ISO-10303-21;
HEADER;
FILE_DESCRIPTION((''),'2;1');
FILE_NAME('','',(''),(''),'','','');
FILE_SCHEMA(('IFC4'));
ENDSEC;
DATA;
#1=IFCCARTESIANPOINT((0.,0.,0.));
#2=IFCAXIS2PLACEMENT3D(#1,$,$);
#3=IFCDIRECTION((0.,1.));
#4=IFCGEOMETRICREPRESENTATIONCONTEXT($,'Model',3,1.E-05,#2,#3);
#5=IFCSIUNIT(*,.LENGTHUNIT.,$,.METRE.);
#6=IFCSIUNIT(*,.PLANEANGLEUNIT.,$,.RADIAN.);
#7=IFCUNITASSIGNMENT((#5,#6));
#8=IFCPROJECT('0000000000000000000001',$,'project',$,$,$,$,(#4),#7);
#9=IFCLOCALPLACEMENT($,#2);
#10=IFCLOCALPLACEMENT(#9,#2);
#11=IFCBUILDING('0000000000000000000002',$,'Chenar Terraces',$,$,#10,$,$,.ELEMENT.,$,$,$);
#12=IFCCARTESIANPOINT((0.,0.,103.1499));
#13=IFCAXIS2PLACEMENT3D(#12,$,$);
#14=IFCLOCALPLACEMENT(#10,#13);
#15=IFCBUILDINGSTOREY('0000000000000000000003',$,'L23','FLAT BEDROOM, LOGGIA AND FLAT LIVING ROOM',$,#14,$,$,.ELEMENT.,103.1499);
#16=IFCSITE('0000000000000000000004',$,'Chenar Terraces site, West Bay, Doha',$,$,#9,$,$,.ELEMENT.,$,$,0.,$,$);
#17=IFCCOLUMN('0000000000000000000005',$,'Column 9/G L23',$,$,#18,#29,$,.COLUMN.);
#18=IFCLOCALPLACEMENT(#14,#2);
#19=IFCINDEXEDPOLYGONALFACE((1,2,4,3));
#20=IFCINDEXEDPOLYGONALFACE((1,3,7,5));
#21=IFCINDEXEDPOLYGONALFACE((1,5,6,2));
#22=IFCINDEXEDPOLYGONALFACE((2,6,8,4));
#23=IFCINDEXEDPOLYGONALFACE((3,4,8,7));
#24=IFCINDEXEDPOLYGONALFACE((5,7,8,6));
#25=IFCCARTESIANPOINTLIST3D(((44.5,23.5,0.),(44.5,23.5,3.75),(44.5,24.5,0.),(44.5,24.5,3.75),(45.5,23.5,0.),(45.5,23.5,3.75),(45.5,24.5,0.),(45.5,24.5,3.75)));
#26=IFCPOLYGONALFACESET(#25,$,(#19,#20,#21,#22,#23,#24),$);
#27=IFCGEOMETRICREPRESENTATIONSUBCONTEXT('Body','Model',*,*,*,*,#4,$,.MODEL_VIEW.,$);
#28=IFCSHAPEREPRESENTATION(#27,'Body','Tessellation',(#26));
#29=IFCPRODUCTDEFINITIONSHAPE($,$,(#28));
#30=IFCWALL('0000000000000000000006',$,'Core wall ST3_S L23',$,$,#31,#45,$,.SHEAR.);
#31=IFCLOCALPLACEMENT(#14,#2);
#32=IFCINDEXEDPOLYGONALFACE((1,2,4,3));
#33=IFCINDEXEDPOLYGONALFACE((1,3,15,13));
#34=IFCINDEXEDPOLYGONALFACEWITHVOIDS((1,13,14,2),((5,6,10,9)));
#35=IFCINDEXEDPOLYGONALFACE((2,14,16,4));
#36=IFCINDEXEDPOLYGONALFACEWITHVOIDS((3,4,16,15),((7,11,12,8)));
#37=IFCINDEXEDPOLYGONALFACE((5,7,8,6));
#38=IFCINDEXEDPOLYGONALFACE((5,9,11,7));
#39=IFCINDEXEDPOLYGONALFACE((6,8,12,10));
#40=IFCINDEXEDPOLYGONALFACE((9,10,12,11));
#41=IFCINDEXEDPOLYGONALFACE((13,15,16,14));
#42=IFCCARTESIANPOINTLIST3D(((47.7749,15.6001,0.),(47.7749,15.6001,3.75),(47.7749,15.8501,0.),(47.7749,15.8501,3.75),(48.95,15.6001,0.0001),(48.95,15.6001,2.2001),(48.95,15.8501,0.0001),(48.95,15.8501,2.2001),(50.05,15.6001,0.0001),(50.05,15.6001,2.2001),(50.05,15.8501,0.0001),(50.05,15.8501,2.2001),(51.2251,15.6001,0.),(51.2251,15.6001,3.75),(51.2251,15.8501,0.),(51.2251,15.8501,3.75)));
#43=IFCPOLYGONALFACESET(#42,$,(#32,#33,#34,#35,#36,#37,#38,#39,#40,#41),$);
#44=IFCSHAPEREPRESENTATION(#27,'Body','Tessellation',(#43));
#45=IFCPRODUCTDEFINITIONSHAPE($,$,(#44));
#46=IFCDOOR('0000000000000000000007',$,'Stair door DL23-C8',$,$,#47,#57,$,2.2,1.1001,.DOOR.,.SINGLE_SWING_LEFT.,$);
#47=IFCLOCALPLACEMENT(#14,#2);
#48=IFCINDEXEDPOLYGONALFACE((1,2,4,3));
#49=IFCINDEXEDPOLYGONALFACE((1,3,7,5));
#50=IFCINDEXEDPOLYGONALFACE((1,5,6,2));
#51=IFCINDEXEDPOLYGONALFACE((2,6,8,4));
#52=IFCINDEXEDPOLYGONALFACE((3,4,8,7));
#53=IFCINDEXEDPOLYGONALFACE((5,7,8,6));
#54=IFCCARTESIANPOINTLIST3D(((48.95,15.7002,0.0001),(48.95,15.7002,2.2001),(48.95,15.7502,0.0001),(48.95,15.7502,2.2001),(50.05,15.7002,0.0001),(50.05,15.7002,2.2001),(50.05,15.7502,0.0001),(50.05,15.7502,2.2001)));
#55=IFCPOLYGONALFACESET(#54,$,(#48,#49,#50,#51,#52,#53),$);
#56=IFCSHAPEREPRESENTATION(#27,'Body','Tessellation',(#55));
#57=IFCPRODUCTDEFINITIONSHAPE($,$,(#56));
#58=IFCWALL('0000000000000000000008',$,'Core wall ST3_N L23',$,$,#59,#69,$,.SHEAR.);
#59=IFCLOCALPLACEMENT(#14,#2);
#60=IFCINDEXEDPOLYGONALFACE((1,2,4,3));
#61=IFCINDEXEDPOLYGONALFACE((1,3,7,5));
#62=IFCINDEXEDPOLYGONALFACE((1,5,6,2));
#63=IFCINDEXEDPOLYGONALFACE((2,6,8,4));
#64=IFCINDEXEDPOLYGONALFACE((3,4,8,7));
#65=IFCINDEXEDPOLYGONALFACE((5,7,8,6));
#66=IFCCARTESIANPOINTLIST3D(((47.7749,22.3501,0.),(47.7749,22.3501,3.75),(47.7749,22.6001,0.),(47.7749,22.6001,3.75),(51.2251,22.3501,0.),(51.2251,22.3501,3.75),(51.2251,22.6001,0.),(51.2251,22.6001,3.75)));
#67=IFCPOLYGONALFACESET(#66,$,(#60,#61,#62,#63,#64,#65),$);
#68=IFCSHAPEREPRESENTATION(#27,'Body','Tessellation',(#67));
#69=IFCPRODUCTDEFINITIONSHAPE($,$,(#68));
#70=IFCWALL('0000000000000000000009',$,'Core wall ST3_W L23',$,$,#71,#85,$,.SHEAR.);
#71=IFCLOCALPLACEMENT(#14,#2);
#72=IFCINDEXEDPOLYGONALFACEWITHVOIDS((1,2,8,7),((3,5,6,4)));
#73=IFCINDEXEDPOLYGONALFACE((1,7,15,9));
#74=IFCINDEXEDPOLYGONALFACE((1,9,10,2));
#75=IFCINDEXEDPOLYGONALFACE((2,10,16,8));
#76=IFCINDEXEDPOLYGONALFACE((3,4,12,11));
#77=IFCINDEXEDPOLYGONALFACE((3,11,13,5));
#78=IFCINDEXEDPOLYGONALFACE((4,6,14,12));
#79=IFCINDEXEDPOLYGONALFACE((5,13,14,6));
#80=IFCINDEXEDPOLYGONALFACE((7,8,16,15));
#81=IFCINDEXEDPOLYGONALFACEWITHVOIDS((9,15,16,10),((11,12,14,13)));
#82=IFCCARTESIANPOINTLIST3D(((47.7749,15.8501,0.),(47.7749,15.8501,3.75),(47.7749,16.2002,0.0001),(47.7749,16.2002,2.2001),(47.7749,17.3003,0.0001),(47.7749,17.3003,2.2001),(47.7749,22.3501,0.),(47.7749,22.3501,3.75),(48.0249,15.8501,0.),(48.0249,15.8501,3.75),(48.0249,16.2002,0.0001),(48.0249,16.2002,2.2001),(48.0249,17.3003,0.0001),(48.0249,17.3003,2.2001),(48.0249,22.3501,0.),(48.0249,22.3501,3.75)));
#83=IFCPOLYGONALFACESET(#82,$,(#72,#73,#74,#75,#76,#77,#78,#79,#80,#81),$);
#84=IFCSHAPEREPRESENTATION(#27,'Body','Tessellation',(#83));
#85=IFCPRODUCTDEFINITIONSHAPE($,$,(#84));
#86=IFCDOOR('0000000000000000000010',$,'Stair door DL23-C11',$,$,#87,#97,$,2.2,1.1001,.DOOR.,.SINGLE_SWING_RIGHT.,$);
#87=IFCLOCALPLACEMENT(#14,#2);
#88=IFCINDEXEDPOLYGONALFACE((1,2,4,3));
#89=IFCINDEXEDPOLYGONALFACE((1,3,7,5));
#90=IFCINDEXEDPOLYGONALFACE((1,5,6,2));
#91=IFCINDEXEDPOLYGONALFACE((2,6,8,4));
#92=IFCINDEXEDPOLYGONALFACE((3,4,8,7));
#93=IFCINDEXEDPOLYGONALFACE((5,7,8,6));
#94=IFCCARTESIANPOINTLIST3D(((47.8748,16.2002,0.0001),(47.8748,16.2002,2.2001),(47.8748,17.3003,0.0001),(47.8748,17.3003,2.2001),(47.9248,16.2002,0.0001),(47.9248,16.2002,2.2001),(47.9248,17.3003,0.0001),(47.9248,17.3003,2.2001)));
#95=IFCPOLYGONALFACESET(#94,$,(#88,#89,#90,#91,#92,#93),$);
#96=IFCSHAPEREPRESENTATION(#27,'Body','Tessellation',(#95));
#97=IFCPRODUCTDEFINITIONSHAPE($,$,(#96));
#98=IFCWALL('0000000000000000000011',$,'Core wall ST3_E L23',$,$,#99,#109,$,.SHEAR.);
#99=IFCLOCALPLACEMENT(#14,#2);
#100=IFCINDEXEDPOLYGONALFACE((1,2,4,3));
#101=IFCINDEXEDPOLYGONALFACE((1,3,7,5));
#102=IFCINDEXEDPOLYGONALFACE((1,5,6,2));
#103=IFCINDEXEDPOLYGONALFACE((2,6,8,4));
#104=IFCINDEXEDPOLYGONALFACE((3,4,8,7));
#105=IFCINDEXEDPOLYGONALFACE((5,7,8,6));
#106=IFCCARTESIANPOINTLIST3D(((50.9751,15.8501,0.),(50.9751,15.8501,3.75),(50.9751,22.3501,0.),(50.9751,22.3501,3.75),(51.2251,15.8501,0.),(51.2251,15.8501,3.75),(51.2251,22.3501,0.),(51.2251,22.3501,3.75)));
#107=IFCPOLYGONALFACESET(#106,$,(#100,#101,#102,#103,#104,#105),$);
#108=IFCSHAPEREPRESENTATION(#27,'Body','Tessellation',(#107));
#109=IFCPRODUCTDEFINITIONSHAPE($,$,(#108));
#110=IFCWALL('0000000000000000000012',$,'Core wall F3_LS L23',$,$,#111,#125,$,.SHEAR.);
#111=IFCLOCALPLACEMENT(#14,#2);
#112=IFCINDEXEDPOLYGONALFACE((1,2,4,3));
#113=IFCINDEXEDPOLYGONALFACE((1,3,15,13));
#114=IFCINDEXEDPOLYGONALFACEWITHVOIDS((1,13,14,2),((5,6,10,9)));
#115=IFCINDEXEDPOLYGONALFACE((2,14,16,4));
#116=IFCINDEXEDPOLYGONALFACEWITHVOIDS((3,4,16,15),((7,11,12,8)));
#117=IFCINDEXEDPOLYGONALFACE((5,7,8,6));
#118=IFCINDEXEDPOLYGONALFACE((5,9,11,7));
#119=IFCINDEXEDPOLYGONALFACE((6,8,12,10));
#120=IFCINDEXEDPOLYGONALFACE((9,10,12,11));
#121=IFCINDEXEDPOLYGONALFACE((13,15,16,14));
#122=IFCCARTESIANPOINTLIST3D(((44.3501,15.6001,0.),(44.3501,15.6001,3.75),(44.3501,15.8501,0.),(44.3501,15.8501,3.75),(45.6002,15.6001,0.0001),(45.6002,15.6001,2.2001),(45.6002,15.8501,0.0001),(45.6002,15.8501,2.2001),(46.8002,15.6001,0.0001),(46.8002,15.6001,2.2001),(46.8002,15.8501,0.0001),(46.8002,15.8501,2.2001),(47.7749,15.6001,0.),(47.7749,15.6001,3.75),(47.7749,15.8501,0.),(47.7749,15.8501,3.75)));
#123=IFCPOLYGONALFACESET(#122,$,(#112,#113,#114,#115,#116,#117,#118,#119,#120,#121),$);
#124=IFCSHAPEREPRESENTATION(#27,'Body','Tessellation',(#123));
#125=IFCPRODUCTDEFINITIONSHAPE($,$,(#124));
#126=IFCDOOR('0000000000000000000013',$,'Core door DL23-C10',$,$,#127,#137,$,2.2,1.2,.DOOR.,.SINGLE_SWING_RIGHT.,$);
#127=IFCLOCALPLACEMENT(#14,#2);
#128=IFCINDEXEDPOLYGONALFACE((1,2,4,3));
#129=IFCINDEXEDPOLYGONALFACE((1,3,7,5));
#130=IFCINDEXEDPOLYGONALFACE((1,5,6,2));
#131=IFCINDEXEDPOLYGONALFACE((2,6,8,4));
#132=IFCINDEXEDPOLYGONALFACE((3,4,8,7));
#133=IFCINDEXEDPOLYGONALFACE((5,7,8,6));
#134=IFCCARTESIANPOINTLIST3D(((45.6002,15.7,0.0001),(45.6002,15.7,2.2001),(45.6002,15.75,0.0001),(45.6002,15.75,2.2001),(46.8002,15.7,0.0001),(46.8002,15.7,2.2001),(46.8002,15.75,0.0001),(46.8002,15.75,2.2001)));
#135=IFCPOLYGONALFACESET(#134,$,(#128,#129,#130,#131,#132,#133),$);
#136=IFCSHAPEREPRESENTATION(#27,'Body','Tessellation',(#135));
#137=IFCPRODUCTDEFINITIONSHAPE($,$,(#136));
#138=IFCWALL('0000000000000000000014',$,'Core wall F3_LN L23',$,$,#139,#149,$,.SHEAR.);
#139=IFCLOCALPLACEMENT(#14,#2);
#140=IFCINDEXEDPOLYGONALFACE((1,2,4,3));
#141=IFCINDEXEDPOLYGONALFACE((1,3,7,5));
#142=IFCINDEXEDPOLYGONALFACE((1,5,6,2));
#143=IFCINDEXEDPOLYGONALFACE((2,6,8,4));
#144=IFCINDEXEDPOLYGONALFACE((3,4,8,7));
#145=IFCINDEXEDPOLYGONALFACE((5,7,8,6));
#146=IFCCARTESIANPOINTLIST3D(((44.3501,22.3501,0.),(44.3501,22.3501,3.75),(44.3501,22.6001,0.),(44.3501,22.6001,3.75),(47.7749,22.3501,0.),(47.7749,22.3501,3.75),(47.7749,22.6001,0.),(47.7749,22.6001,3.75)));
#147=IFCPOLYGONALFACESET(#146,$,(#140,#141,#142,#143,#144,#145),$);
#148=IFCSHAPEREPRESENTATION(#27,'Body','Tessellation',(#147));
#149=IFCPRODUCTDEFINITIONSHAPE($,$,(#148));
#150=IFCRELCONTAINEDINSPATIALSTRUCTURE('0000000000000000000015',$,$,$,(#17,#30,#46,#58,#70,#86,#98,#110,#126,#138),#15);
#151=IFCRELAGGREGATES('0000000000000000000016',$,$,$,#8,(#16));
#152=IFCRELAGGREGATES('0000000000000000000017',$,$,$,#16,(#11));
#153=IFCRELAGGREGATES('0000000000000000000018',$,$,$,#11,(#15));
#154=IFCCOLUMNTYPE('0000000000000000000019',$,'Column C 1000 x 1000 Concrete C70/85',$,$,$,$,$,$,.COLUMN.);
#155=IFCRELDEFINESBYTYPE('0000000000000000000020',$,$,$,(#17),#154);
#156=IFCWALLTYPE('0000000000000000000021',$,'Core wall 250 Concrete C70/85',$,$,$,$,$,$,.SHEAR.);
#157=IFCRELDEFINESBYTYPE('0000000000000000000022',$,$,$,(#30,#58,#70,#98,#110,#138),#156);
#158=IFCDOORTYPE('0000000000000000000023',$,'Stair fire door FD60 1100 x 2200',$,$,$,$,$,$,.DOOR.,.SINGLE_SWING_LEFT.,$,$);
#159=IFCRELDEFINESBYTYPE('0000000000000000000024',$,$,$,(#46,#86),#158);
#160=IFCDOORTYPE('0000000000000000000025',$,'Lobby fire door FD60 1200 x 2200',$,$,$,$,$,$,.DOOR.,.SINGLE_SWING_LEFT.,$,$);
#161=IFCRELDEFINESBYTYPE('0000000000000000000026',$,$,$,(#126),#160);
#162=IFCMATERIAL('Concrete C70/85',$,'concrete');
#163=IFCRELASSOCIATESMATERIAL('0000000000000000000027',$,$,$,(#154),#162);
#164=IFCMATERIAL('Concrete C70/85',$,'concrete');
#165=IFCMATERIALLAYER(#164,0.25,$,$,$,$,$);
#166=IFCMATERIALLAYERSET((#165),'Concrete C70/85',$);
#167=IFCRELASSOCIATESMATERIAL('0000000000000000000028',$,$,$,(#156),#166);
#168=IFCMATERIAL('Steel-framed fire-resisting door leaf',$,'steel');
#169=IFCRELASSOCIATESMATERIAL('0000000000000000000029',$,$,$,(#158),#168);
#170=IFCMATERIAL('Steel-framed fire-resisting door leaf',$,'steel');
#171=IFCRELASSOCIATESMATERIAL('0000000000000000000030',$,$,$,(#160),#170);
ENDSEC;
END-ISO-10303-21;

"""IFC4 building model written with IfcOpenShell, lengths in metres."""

from ifc_helpers import new_model, si_unit, direction, frame, frame_2d, origin, origin_2d, place, context, subcontext, project, spatial, rectangle, extrude, material, layer, layer_set, material_profile, profile_set, type_object, element, fill, save


model = new_model("IFC4")

# Units and contexts
model_context = context("Model", 3, precision=1e-05, world=origin(), true_north=direction((0.0, 1.0)))
body_context = subcontext(model_context, "Body", "Model", "MODEL_VIEW")
ifc_project = project(units=[si_unit("LENGTHUNIT", "METRE"), si_unit("PLANEANGLEUNIT", "RADIAN")], contexts=[model_context])

# Site, building, storey
site_placement = place(None, origin())
site = spatial("IfcSite", under=ifc_project, at=site_placement, Name="Chenar Terraces site, West Bay, Doha", CompositionType="ELEMENT", RefElevation=0.0)
building_placement = place(site_placement, origin())
building = spatial("IfcBuilding", under=site, at=building_placement, Name="Chenar Terraces", CompositionType="ELEMENT")
storey_placement = place(building_placement, frame((0.0, 0.0, 103.1499)))
storey = spatial("IfcBuildingStorey", under=building, at=storey_placement, Name="L23", Description="FLAT BEDROOM, LOGGIA AND FLAT LIVING ROOM", CompositionType="ELEMENT", Elevation=103.1499)

# Column
ifc_material_1 = material(Name="Concrete C70/85", Category="concrete")
ifc_material_profile = material_profile(ifc_material_1, rectangle(XDim=1.0, YDim=1.0, at=origin_2d()), Name="C 1000 x 1000")
ifc_profile_set = profile_set([ifc_material_profile], Name="Concrete C70/85")
column_type = type_object("IfcColumnType", Name="Column C 1000 x 1000 Concrete C70/85", PredefinedType="COLUMN", material=ifc_profile_set)
column_placement = place(storey_placement, frame((45.0, 24.0, 0.0), z_axis=(0.0, 0.0, 1.0), x_axis=(1.0, 0.0, 0.0)))
element("IfcColumn", 1, at=column_placement, inside=storey, type_object=column_type, Name="Column 9/G L23", PredefinedType="COLUMN", context=body_context, shape_type="SweptSolid", body=[
    extrude(rectangle(XDim=1.0, YDim=1.0, at=origin_2d()), origin(), (0.0, 0.0, 1.0), 3.75),
])

# Wall, opening, door
ifc_material_2 = material(Name="Concrete C70/85", Category="concrete")
ifc_layer_1 = layer(ifc_material_2, 0.25)
ifc_layer_set_1 = layer_set([ifc_layer_1], Name="Concrete C70/85")
wall_type_1 = type_object("IfcWallType", Name="Core wall 250 Concrete C70/85", PredefinedType="SHEAR", material=ifc_layer_set_1)
wall_1_placement = place(storey_placement, frame((47.7749, 15.7251, 0.0), z_axis=(0.0, 0.0, 1.0), x_axis=(1.0, 0.0, 0.0)))
wall_1 = element("IfcWall", 2, at=wall_1_placement, inside=storey, type_object=wall_type_1, Name="Core wall ST3_S L23", PredefinedType="SHEAR", context=body_context, shape_type="SweptSolid", body=[
    extrude(rectangle(XDim=3.4502, YDim=0.25, at=frame_2d((1.7251, 0.0))), origin(), (0.0, 0.0, 1.0), 3.75),
])
opening_1_placement = place(wall_1_placement, frame((1.175, 0.0, 0.0)))
opening_1 = element("IfcOpeningElement", 3, at=opening_1_placement, cuts=wall_1, PredefinedType="OPENING", context=body_context, shape_type="SweptSolid", body=[
    extrude(rectangle(XDim=1.1001, YDim=2.2, at=frame_2d((0.55, 1.1001))), frame((0.0, 0.135, 0.0), z_axis=(0.0, -1.0, 0.0), x_axis=(1.0, 0.0, 0.0)), (0.0, 0.0, 1.0), 0.27),
])
ifc_material_3 = material(Name="Steel-framed fire-resisting door leaf", Category="steel")
door_type_1 = type_object("IfcDoorType", Name="Stair fire door FD60 1100 x 2200", OperationType="SINGLE_SWING_LEFT", PredefinedType="DOOR", material=ifc_material_3)
door_1_placement = place(opening_1_placement, frame((1.1001, 0.0, 0.0), z_axis=(0.0, 0.0, 1.0), x_axis=(-1.0, 0.0, 0.0)))
door_1 = element("IfcDoor", 4, at=door_1_placement, inside=storey, type_object=door_type_1, Name="Stair door DL23-C8", OperationType="SINGLE_SWING_LEFT", OverallHeight=2.2, OverallWidth=1.1001, PredefinedType="DOOR", context=body_context, shape_type="SweptSolid", body=[
    extrude(rectangle(XDim=1.1001, YDim=2.2, at=frame_2d((0.55, 1.1001))), frame((0.0, 0.0249, 0.0), z_axis=(0.0, -1.0, 0.0), x_axis=(1.0, 0.0, 0.0)), (0.0, 0.0, 1.0), 0.05),
])
fill(opening_1, door_1)

# Wall
wall_2_placement = place(storey_placement, frame((47.7749, 22.4751, 0.0), z_axis=(0.0, 0.0, 1.0), x_axis=(1.0, 0.0, 0.0)))
element("IfcWall", 5, at=wall_2_placement, inside=storey, type_object=wall_type_1, Name="Core wall ST3_N L23", PredefinedType="SHEAR", context=body_context, shape_type="SweptSolid", body=[
    extrude(rectangle(XDim=3.4502, YDim=0.25, at=frame_2d((1.7251, 0.0))), origin(), (0.0, 0.0, 1.0), 3.75),
])

# Wall, opening, door
wall_3_placement = place(storey_placement, frame((47.8999, 15.8501, 0.0), z_axis=(0.0, 0.0, 1.0), x_axis=(0.0, 1.0, 0.0)))
wall_3 = element("IfcWall", 6, at=wall_3_placement, inside=storey, type_object=wall_type_1, Name="Core wall ST3_W L23", PredefinedType="SHEAR", context=body_context, shape_type="SweptSolid", body=[
    extrude(rectangle(XDim=6.5, YDim=0.25, at=frame_2d((3.25, 0.0))), origin(), (0.0, 0.0, 1.0), 3.75),
])
opening_2_placement = place(wall_3_placement, frame((0.3501, 0.0, 0.0)))
opening_2 = element("IfcOpeningElement", 7, at=opening_2_placement, cuts=wall_3, PredefinedType="OPENING", context=body_context, shape_type="SweptSolid", body=[
    extrude(rectangle(XDim=1.1001, YDim=2.2, at=frame_2d((0.55, 1.1001))), frame((0.0, 0.135, 0.0), z_axis=(0.0, -1.0, 0.0), x_axis=(1.0, 0.0, 0.0)), (0.0, 0.0, 1.0), 0.27),
])
door_2_placement = place(opening_2_placement, frame((1.1001, 0.0, 0.0), z_axis=(0.0, 0.0, 1.0), x_axis=(-1.0, 0.0, 0.0)))
door_2 = element("IfcDoor", 8, at=door_2_placement, inside=storey, type_object=door_type_1, Name="Stair door DL23-C11", OperationType="SINGLE_SWING_RIGHT", OverallHeight=2.2, OverallWidth=1.1001, PredefinedType="DOOR", context=body_context, shape_type="SweptSolid", body=[
    extrude(rectangle(XDim=1.1001, YDim=2.2, at=frame_2d((0.55, 1.1001))), frame((0.0, 0.0249, 0.0), z_axis=(0.0, -1.0, 0.0), x_axis=(1.0, 0.0, 0.0)), (0.0, 0.0, 1.0), 0.05),
])
fill(opening_2, door_2)

# Wall
wall_4_placement = place(storey_placement, frame((51.1001, 15.8501, 0.0), z_axis=(0.0, 0.0, 1.0), x_axis=(0.0, 1.0, 0.0)))
element("IfcWall", 9, at=wall_4_placement, inside=storey, type_object=wall_type_1, Name="Core wall ST3_E L23", PredefinedType="SHEAR", context=body_context, shape_type="SweptSolid", body=[
    extrude(rectangle(XDim=6.5, YDim=0.25, at=frame_2d((3.25, 0.0))), origin(), (0.0, 0.0, 1.0), 3.75),
])

# Wall, opening, door
wall_5_placement = place(storey_placement, frame((44.3501, 15.7251, 0.0), z_axis=(0.0, 0.0, 1.0), x_axis=(1.0, 0.0, 0.0)))
wall_5 = element("IfcWall", 10, at=wall_5_placement, inside=storey, type_object=wall_type_1, Name="Core wall F3_LS L23", PredefinedType="SHEAR", context=body_context, shape_type="SweptSolid", body=[
    extrude(rectangle(XDim=3.4248, YDim=0.25, at=frame_2d((1.7124, 0.0))), origin(), (0.0, 0.0, 1.0), 3.75),
])
opening_3_placement = place(wall_5_placement, frame((1.25, 0.0, 0.0)))
opening_3 = element("IfcOpeningElement", 11, at=opening_3_placement, cuts=wall_5, PredefinedType="OPENING", context=body_context, shape_type="SweptSolid", body=[
    extrude(rectangle(XDim=1.2, YDim=2.2, at=frame_2d((0.6001, 1.1001))), frame((0.0, 0.135, 0.0), z_axis=(0.0, -1.0, 0.0), x_axis=(1.0, 0.0, 0.0)), (0.0, 0.0, 1.0), 0.27),
])
ifc_material_4 = material(Name="Steel-framed fire-resisting door leaf", Category="steel")
door_type_2 = type_object("IfcDoorType", Name="Lobby fire door FD60 1200 x 2200", OperationType="SINGLE_SWING_LEFT", PredefinedType="DOOR", material=ifc_material_4)
door_3_placement = place(opening_3_placement, origin())
door_3 = element("IfcDoor", 12, at=door_3_placement, inside=storey, type_object=door_type_2, Name="Core door DL23-C10", OperationType="SINGLE_SWING_RIGHT", OverallHeight=2.2, OverallWidth=1.2, PredefinedType="DOOR", context=body_context, shape_type="SweptSolid", body=[
    extrude(rectangle(XDim=1.2, YDim=2.2, at=frame_2d((0.6001, 1.1001))), frame((0.0, 0.0249, 0.0), z_axis=(0.0, -1.0, 0.0), x_axis=(1.0, 0.0, 0.0)), (0.0, 0.0, 1.0), 0.05),
])
fill(opening_3, door_3)

# Wall
wall_6_placement = place(storey_placement, frame((44.3501, 22.4751, 0.0), z_axis=(0.0, 0.0, 1.0), x_axis=(1.0, 0.0, 0.0)))
element("IfcWall", 13, at=wall_6_placement, inside=storey, type_object=wall_type_1, Name="Core wall F3_LN L23", PredefinedType="SHEAR", context=body_context, shape_type="SweptSolid", body=[
    extrude(rectangle(XDim=3.4248, YDim=0.25, at=frame_2d((1.7124, 0.0))), origin(), (0.0, 0.0, 1.0), 3.75),
])

save(model, "model.ifc")
